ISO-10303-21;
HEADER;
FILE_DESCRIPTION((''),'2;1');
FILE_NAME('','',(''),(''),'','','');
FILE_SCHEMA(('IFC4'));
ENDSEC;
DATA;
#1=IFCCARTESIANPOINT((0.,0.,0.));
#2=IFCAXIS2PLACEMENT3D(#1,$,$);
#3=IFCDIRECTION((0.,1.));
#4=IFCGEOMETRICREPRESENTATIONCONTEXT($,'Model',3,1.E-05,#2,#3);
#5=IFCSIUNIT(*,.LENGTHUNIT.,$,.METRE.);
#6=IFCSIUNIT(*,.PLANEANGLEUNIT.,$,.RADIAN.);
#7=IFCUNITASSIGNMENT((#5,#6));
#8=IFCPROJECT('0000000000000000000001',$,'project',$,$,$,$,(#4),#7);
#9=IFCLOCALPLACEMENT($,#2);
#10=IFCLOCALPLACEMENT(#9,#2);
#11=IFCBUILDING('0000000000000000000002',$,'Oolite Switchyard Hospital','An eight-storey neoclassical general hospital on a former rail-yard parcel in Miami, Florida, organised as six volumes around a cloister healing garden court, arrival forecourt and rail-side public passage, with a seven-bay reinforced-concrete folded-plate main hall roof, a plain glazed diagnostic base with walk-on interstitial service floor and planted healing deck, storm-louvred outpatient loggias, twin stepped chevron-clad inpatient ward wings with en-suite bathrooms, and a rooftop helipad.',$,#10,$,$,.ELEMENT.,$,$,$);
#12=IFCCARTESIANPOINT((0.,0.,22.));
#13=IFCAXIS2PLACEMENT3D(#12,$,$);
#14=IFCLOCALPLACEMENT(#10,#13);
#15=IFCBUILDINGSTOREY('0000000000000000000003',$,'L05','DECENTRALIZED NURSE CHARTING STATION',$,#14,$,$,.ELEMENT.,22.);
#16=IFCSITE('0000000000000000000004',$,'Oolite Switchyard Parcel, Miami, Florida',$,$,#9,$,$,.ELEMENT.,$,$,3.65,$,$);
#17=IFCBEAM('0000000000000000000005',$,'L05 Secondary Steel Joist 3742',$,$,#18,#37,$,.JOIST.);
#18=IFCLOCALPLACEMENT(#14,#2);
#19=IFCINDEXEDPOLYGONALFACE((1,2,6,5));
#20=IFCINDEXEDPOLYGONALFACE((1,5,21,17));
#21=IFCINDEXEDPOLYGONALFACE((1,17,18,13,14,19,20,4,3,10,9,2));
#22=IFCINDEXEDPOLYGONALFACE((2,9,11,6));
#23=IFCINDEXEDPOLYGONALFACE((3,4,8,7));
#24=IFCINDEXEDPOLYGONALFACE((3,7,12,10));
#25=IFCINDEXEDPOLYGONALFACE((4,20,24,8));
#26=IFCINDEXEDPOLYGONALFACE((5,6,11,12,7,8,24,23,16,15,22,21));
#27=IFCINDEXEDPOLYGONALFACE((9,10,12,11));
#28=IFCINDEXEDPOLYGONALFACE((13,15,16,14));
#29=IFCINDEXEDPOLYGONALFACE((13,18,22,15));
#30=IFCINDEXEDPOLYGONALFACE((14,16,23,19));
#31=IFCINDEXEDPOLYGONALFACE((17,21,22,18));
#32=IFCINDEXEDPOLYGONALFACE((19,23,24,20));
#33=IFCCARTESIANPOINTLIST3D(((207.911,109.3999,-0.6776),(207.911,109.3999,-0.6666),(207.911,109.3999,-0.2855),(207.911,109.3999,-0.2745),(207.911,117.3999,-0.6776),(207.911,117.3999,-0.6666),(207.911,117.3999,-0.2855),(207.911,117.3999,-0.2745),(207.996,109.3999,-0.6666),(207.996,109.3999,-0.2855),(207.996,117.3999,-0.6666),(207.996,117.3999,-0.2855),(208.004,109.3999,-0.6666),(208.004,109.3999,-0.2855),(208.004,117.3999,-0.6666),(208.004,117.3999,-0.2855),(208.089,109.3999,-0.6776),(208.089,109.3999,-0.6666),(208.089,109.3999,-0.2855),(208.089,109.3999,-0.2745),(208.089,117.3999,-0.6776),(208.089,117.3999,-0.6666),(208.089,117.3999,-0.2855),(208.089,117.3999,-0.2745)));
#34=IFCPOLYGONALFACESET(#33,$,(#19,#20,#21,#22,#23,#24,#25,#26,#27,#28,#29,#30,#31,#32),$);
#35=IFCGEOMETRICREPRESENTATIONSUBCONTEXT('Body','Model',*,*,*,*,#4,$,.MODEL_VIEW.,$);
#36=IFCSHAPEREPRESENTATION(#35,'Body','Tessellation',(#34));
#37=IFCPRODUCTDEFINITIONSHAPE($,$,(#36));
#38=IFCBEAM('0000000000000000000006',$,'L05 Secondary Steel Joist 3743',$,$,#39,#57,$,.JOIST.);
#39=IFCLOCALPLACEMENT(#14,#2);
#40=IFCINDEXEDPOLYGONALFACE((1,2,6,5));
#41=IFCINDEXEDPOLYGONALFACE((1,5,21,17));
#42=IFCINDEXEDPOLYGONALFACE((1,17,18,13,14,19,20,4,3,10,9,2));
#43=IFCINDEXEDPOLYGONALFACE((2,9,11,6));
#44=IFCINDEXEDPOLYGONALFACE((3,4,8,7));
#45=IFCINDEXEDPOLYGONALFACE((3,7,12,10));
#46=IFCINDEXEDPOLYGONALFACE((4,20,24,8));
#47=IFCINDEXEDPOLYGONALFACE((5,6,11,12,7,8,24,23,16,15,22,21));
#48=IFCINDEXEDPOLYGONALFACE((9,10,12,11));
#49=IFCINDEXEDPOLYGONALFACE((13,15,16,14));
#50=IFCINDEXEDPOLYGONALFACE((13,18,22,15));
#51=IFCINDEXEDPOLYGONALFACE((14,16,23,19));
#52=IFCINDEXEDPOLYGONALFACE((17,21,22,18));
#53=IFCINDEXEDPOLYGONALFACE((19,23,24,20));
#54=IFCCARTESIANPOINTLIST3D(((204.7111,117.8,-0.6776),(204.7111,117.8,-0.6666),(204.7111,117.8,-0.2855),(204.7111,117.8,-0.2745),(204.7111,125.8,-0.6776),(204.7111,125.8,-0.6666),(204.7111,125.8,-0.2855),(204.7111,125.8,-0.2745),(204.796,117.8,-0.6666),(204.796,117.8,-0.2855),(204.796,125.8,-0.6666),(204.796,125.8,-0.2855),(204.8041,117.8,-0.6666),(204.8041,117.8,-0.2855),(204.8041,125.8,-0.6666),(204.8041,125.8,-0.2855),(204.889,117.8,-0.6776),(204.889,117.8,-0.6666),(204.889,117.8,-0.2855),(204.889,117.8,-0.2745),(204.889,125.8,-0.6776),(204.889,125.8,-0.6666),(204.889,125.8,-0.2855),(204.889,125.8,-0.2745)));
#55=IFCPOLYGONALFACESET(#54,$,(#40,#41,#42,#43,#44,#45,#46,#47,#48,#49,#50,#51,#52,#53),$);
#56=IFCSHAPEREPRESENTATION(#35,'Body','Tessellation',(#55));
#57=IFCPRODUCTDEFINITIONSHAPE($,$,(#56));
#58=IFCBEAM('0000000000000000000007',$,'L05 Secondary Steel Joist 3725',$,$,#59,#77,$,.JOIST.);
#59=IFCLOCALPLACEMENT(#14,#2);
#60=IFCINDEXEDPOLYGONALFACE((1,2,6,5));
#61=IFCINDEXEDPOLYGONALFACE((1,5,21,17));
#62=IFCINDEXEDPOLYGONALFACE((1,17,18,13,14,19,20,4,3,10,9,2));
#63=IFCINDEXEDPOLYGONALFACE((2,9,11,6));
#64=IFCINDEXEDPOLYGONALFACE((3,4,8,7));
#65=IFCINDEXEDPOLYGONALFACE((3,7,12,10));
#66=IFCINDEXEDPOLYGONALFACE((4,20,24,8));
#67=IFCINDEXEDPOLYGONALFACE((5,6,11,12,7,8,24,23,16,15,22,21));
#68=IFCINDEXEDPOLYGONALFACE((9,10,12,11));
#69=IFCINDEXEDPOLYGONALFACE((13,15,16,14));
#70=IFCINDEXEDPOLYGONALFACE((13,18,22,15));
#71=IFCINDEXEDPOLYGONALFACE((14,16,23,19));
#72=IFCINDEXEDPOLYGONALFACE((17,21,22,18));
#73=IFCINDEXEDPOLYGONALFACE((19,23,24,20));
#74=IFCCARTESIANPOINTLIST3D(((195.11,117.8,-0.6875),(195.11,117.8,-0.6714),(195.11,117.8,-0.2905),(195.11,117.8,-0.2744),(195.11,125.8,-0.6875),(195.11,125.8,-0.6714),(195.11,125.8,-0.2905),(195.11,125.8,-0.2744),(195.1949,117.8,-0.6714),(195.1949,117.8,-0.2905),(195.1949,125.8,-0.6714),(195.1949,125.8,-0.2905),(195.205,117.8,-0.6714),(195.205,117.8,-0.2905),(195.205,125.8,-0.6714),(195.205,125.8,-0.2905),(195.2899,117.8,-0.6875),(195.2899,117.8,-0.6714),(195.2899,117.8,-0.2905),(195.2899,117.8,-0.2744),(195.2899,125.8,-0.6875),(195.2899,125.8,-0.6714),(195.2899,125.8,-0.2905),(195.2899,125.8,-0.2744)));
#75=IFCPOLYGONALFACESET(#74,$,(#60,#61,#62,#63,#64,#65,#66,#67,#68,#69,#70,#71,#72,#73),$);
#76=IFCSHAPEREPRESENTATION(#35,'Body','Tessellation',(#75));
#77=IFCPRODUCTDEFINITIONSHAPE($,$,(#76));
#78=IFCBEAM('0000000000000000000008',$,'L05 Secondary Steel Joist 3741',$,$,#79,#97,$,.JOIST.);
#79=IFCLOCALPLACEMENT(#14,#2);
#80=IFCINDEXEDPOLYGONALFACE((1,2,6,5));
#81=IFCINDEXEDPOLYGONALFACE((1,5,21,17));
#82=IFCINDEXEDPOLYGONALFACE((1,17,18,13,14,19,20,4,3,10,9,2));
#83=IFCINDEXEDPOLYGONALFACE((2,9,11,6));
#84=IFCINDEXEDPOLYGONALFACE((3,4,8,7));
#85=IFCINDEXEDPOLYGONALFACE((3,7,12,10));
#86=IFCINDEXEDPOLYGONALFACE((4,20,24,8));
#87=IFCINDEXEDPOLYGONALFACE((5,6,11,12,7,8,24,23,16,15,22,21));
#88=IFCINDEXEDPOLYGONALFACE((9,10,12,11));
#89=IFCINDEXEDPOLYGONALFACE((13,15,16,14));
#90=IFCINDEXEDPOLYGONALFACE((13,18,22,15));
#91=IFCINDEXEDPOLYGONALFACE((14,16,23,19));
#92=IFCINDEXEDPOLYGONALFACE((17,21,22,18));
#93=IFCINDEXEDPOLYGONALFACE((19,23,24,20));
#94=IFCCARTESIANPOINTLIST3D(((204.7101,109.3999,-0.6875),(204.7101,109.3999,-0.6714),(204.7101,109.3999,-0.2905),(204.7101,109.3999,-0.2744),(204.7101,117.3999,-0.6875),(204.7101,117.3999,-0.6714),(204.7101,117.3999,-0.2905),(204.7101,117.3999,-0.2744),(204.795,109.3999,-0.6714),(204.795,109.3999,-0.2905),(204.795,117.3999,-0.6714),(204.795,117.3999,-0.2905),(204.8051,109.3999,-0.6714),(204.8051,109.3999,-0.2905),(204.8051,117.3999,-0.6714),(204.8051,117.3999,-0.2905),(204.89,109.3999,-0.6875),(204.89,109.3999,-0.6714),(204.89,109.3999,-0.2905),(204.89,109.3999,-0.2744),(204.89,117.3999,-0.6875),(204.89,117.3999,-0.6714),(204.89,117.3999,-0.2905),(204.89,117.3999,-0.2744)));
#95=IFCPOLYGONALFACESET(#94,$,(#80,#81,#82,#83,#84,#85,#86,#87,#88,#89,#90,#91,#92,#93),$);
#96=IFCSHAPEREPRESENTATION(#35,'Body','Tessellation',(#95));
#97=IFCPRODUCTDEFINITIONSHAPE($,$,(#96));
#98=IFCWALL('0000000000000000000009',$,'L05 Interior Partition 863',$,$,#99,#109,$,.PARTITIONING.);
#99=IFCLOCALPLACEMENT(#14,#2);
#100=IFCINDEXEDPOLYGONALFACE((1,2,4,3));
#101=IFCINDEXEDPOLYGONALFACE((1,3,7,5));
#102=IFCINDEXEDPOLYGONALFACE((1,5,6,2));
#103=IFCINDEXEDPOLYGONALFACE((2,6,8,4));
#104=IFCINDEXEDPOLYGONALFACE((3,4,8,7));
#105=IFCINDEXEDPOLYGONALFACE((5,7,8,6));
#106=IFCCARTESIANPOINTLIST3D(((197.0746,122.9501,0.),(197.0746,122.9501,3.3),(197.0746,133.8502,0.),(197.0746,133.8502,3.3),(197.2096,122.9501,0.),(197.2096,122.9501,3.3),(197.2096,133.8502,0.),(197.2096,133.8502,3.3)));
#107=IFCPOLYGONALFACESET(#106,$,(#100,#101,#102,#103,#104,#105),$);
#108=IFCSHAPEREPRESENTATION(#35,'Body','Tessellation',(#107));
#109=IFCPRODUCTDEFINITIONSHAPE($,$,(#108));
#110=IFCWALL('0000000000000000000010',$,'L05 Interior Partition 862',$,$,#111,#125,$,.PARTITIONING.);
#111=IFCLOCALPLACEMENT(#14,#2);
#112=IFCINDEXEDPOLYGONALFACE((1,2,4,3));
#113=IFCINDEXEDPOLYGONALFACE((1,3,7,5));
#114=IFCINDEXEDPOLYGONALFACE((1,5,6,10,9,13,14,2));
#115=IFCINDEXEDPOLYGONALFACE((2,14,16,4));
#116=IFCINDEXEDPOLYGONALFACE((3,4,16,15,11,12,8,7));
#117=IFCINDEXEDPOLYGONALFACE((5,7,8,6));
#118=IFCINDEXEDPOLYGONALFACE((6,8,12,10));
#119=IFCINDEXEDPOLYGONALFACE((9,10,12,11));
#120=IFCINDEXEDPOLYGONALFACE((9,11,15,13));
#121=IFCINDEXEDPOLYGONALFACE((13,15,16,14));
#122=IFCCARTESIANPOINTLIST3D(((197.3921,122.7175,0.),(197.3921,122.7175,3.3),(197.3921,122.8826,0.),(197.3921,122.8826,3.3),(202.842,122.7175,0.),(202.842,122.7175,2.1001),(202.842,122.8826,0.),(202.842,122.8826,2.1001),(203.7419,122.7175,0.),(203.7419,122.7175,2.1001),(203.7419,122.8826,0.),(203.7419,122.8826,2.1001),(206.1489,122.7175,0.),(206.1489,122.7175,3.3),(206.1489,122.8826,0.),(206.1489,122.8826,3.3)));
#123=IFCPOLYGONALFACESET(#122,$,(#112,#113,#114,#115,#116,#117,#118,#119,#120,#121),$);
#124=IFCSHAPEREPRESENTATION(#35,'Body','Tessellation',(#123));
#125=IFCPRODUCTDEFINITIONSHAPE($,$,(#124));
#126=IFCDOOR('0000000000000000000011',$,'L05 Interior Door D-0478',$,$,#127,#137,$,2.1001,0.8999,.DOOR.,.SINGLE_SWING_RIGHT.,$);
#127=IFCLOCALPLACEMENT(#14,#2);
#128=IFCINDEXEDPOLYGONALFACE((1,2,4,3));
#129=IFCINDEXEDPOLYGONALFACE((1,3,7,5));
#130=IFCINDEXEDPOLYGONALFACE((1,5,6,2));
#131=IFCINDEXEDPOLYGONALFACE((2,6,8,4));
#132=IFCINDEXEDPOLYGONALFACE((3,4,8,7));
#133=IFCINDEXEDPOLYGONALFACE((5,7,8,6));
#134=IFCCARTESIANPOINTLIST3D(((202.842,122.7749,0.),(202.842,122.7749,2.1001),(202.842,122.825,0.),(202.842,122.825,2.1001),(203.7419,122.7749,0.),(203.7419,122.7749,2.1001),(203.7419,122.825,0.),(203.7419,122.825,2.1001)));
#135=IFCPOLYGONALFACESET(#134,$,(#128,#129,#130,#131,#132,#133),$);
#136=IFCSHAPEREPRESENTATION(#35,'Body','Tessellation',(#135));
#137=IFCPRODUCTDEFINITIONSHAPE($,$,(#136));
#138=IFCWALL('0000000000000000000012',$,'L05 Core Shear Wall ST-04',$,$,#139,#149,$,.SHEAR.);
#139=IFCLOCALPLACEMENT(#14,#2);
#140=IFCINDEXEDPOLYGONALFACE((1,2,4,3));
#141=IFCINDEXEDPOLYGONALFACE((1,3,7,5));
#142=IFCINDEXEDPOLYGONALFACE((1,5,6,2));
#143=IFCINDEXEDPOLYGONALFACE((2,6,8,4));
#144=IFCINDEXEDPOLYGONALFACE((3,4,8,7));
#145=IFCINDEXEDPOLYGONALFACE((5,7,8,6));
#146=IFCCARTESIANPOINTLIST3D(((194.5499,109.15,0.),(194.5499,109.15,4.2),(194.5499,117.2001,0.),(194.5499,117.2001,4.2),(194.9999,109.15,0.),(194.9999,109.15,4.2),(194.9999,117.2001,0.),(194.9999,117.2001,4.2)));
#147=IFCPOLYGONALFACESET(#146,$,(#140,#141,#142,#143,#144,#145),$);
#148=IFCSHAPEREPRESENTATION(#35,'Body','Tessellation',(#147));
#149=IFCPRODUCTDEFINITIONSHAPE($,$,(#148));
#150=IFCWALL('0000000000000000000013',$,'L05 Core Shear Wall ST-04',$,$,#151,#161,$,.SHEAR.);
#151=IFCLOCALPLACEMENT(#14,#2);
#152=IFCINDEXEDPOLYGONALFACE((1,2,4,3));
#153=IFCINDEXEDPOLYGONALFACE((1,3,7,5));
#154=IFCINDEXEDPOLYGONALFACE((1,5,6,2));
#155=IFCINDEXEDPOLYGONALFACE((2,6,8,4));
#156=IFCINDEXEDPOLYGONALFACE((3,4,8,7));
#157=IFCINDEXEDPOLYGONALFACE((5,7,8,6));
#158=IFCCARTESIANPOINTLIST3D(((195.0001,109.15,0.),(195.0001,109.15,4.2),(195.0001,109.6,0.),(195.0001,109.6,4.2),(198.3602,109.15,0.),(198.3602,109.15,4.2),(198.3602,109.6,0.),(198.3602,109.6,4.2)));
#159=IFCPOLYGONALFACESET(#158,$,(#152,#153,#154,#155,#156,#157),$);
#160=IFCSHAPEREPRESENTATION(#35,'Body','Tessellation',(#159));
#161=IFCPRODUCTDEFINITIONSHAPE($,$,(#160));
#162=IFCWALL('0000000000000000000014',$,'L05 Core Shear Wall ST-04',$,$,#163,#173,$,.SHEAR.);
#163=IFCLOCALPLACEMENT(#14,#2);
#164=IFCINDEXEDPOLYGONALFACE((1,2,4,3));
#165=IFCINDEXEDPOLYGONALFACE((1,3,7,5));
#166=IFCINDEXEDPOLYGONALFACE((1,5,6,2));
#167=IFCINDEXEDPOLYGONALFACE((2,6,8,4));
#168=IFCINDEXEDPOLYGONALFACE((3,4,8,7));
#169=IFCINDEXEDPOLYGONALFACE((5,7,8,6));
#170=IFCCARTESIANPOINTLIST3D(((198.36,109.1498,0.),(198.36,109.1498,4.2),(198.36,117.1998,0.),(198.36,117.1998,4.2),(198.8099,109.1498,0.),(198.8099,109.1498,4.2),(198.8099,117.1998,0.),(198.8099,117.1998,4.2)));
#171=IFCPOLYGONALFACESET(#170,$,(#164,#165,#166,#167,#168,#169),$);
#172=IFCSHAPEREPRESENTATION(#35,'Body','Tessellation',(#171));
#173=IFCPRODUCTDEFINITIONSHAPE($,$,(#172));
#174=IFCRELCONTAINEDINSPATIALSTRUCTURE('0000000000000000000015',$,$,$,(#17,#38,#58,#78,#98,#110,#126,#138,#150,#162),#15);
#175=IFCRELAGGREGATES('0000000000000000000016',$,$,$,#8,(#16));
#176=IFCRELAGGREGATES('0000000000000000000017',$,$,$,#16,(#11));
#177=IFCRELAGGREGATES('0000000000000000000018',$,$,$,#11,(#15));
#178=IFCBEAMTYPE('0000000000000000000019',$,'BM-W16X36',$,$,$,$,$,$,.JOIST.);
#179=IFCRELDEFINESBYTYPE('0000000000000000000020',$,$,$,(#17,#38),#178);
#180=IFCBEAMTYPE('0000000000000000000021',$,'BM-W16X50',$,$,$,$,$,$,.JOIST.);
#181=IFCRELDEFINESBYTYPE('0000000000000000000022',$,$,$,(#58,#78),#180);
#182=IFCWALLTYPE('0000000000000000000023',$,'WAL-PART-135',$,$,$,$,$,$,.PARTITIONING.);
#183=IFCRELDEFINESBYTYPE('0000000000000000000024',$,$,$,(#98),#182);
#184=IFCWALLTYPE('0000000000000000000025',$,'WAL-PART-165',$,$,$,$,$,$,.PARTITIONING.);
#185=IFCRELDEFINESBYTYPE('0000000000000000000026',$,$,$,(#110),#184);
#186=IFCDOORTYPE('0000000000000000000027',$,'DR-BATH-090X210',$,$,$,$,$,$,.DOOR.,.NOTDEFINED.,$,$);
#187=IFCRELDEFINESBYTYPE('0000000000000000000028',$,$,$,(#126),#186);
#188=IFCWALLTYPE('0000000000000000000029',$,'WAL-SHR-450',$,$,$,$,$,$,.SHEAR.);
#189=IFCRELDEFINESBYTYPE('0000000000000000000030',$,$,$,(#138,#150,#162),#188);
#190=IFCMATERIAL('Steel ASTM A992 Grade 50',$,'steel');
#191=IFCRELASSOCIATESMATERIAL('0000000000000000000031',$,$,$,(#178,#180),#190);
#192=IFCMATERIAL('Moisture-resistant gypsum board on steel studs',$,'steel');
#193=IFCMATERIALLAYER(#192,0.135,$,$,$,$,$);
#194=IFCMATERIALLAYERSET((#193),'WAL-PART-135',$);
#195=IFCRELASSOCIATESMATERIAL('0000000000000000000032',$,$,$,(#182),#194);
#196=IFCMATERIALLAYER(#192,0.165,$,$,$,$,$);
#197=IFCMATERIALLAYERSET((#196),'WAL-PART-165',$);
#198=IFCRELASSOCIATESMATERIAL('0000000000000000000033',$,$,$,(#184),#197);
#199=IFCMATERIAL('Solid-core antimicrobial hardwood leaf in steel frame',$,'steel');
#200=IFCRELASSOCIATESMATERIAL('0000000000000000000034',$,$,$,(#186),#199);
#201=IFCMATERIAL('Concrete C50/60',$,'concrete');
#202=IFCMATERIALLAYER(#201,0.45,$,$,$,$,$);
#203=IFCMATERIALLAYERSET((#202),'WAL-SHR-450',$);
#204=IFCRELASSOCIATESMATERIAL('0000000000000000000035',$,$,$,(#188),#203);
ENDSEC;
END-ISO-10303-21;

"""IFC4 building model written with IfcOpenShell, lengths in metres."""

from ifc_helpers import new_model, si_unit, direction, frame, frame_2d, origin, origin_2d, place, context, subcontext, project, spatial, rectangle, i_section, extrude, material, layer, layer_set, material_profile, profile_set, type_object, element, fill, save


model = new_model("IFC4")

# Units and contexts
model_context = context("Model", 3, precision=1e-05, world=origin(), true_north=direction((0.0, 1.0)))
body_context = subcontext(model_context, "Body", "Model", "MODEL_VIEW")
ifc_project = project(units=[si_unit("LENGTHUNIT", "METRE"), si_unit("PLANEANGLEUNIT", "RADIAN")], contexts=[model_context])

# Site, building, storey
site_placement = place(None, origin())
site = spatial("IfcSite", under=ifc_project, at=site_placement, Name="Oolite Switchyard Parcel, Miami, Florida", CompositionType="ELEMENT", RefElevation=3.65)
building_placement = place(site_placement, origin())
building = spatial("IfcBuilding", under=site, at=building_placement, Name="Oolite Switchyard Hospital", Description="An eight-storey neoclassical general hospital on a former rail-yard parcel in Miami, Florida, organised as six volumes around a cloister healing garden court, arrival forecourt and rail-side public passage, with a seven-bay reinforced-concrete folded-plate main hall roof, a plain glazed diagnostic base with walk-on interstitial service floor and planted healing deck, storm-louvred outpatient loggias, twin stepped chevron-clad inpatient ward wings with en-suite bathrooms, and a rooftop helipad.", CompositionType="ELEMENT")
storey_placement = place(building_placement, frame((0.0, 0.0, 22.0)))
storey = spatial("IfcBuildingStorey", under=building, at=storey_placement, Name="L05", Description="DECENTRALIZED NURSE CHARTING STATION", CompositionType="ELEMENT", Elevation=22.0)

# Shared definitions
ifc_material_1 = material(Name="Concrete C50/60", Category="concrete")

# Beams
ifc_material_2 = material(Name="Steel ASTM A992 Grade 50", Category="steel")
ifc_material_profile_1 = material_profile(ifc_material_2, i_section(OverallWidth=0.178, OverallDepth=0.4031, WebThickness=0.0081, FlangeThickness=0.011, at=origin_2d()), Name="W16X36")
ifc_profile_set_1 = profile_set([ifc_material_profile_1], Name="Steel ASTM A992 Grade 50")
beam_type_1 = type_object("IfcBeamType", Name="BM-W16X36", PredefinedType="JOIST", material=ifc_profile_set_1)
for number, where, z_axis, x_axis, name in (
    (1, (208.0, 109.3999, -0.4761), (0.0, 1.0, 0.0), (-1.0, 0.0, 0.0), "L05 Secondary Steel Joist 3742"),
    (2, (204.8, 117.8, -0.4761), (0.0, 1.0, 0.0), (-1.0, 0.0, 0.0), "L05 Secondary Steel Joist 3743"),
):
    element("IfcBeam", number, at=place(storey_placement, frame(where, z_axis=z_axis, x_axis=x_axis)), inside=storey, type_object=beam_type_1, Name=name, PredefinedType="JOIST", context=body_context, shape_type="SweptSolid", body=[
        extrude(i_section(OverallWidth=0.178, OverallDepth=0.4031, WebThickness=0.0081, FlangeThickness=0.011, at=origin_2d()), origin(), (0.0, 0.0, 1.0), 8.0),
    ])
ifc_material_profile_2 = material_profile(ifc_material_2, i_section(OverallWidth=0.1799, OverallDepth=0.4131, WebThickness=0.01, FlangeThickness=0.0161, at=origin_2d()), Name="W16X50")
ifc_profile_set_2 = profile_set([ifc_material_profile_2], Name="Steel ASTM A992 Grade 50")
beam_type_2 = type_object("IfcBeamType", Name="BM-W16X50", PredefinedType="JOIST", material=ifc_profile_set_2)
for number, where, z_axis, x_axis, name in (
    (3, (195.2, 117.8, -0.481), (0.0, 1.0, 0.0), (-1.0, 0.0, 0.0), "L05 Secondary Steel Joist 3725"),
    (4, (204.8, 109.3999, -0.481), (0.0, 1.0, 0.0), (-1.0, 0.0, 0.0), "L05 Secondary Steel Joist 3741"),
):
    element("IfcBeam", number, at=place(storey_placement, frame(where, z_axis=z_axis, x_axis=x_axis)), inside=storey, type_object=beam_type_2, Name=name, PredefinedType="JOIST", context=body_context, shape_type="SweptSolid", body=[
        extrude(i_section(OverallWidth=0.1799, OverallDepth=0.4131, WebThickness=0.01, FlangeThickness=0.0161, at=origin_2d()), origin(), (0.0, 0.0, 1.0), 8.0),
    ])

# Wall
ifc_material_3 = material(Name="Moisture-resistant gypsum board on steel studs", Category="steel")
ifc_layer_1 = layer(ifc_material_3, 0.135)
ifc_layer_set_1 = layer_set([ifc_layer_1], Name="WAL-PART-135")
wall_type_1 = type_object("IfcWallType", Name="WAL-PART-135", PredefinedType="PARTITIONING", material=ifc_layer_set_1)
wall_1_placement = place(storey_placement, frame((197.1421, 122.95, 0.0), z_axis=(0.0, 0.0, 1.0), x_axis=(0.0, 1.0, 0.0)))
element("IfcWall", 5, at=wall_1_placement, inside=storey, type_object=wall_type_1, Name="L05 Interior Partition 863", PredefinedType="PARTITIONING", context=body_context, shape_type="SweptSolid", body=[
    extrude(rectangle(XDim=10.9001, YDim=0.135, at=frame_2d((5.4502, 0.0))), origin(), (0.0, 0.0, 1.0), 3.3),
])

# Wall, opening, door
ifc_layer_2 = layer(ifc_material_3, 0.165)
ifc_layer_set_2 = layer_set([ifc_layer_2], Name="WAL-PART-165")
wall_type_2 = type_object("IfcWallType", Name="WAL-PART-165", PredefinedType="PARTITIONING", material=ifc_layer_set_2)
wall_2_placement = place(storey_placement, frame((197.3921, 122.8, 0.0), z_axis=(0.0, 0.0, 1.0), x_axis=(1.0, 0.0, 0.0)))
wall_2 = element("IfcWall", 6, at=wall_2_placement, inside=storey, type_object=wall_type_2, Name="L05 Interior Partition 862", PredefinedType="PARTITIONING", context=body_context, shape_type="SweptSolid", body=[
    extrude(rectangle(XDim=8.7568, YDim=0.165, at=frame_2d((4.3784, 0.0))), origin(), (0.0, 0.0, 1.0), 3.3),
])
opening_1_placement = place(wall_2_placement, frame((5.45, 0.0, 0.0)))
opening_1 = element("IfcOpeningElement", 7, at=opening_1_placement, cuts=wall_2, PredefinedType="OPENING", context=body_context, shape_type="SweptSolid", body=[
    extrude(rectangle(XDim=0.8999, YDim=2.1001, at=frame_2d((0.45, 1.05))), frame((0.0, 0.0925, 0.0), z_axis=(0.0, -1.0, 0.0), x_axis=(1.0, 0.0, 0.0)), (0.0, 0.0, 1.0), 0.1851),
])
ifc_material_4 = material(Name="Solid-core antimicrobial hardwood leaf in steel frame", Category="steel")
door_type_1 = type_object("IfcDoorType", Name="DR-BATH-090X210", OperationType="NOTDEFINED", PredefinedType="DOOR", material=ifc_material_4)
door_1_placement = place(opening_1_placement, origin())
door_1 = element("IfcDoor", 8, at=door_1_placement, inside=storey, type_object=door_type_1, Name="L05 Interior Door D-0478", OperationType="SINGLE_SWING_RIGHT", OverallHeight=2.1001, OverallWidth=0.8999, PredefinedType="DOOR", context=body_context, shape_type="SweptSolid", body=[
    extrude(rectangle(XDim=0.8999, YDim=2.1001, at=frame_2d((0.45, 1.05))), frame((0.0, 0.0249, 0.0), z_axis=(0.0, -1.0, 0.0), x_axis=(1.0, 0.0, 0.0)), (0.0, 0.0, 1.0), 0.05),
])
fill(opening_1, door_1)

# Walls
ifc_layer_3 = layer(ifc_material_1, 0.45)
ifc_layer_set_3 = layer_set([ifc_layer_3], Name="WAL-SHR-450")
wall_type_3 = type_object("IfcWallType", Name="WAL-SHR-450", PredefinedType="SHEAR", material=ifc_layer_set_3)
wall_3_placement = place(storey_placement, frame((194.7749, 117.2, 0.0), z_axis=(0.0, 0.0, 1.0), x_axis=(0.0, -1.0, 0.0)))
element("IfcWall", 9, at=wall_3_placement, inside=storey, type_object=wall_type_3, Name="L05 Core Shear Wall ST-04", PredefinedType="SHEAR", context=body_context, shape_type="SweptSolid", body=[
    extrude(rectangle(XDim=8.05, YDim=0.45, at=frame_2d((4.0249, 0.0))), origin(), (0.0, 0.0, 1.0), 4.2),
])
wall_4_placement = place(storey_placement, frame((195.0, 109.375, 0.0), z_axis=(0.0, 0.0, 1.0), x_axis=(1.0, 0.0, 0.0)))
element("IfcWall", 10, at=wall_4_placement, inside=storey, type_object=wall_type_3, Name="L05 Core Shear Wall ST-04", PredefinedType="SHEAR", context=body_context, shape_type="SweptSolid", body=[
    extrude(rectangle(XDim=3.3601, YDim=0.45, at=frame_2d((1.6802, 0.0))), origin(), (0.0, 0.0, 1.0), 4.2),
])
wall_5_placement = place(storey_placement, frame((198.585, 109.1499, 0.0), z_axis=(0.0, 0.0, 1.0), x_axis=(0.0, 1.0, 0.0)))
element("IfcWall", 11, at=wall_5_placement, inside=storey, type_object=wall_type_3, Name="L05 Core Shear Wall ST-04", PredefinedType="SHEAR", context=body_context, shape_type="SweptSolid", body=[
    extrude(rectangle(XDim=8.05, YDim=0.45, at=frame_2d((4.0249, 0.0))), origin(), (0.0, 0.0, 1.0), 4.2),
])

save(model, "model.ifc")
